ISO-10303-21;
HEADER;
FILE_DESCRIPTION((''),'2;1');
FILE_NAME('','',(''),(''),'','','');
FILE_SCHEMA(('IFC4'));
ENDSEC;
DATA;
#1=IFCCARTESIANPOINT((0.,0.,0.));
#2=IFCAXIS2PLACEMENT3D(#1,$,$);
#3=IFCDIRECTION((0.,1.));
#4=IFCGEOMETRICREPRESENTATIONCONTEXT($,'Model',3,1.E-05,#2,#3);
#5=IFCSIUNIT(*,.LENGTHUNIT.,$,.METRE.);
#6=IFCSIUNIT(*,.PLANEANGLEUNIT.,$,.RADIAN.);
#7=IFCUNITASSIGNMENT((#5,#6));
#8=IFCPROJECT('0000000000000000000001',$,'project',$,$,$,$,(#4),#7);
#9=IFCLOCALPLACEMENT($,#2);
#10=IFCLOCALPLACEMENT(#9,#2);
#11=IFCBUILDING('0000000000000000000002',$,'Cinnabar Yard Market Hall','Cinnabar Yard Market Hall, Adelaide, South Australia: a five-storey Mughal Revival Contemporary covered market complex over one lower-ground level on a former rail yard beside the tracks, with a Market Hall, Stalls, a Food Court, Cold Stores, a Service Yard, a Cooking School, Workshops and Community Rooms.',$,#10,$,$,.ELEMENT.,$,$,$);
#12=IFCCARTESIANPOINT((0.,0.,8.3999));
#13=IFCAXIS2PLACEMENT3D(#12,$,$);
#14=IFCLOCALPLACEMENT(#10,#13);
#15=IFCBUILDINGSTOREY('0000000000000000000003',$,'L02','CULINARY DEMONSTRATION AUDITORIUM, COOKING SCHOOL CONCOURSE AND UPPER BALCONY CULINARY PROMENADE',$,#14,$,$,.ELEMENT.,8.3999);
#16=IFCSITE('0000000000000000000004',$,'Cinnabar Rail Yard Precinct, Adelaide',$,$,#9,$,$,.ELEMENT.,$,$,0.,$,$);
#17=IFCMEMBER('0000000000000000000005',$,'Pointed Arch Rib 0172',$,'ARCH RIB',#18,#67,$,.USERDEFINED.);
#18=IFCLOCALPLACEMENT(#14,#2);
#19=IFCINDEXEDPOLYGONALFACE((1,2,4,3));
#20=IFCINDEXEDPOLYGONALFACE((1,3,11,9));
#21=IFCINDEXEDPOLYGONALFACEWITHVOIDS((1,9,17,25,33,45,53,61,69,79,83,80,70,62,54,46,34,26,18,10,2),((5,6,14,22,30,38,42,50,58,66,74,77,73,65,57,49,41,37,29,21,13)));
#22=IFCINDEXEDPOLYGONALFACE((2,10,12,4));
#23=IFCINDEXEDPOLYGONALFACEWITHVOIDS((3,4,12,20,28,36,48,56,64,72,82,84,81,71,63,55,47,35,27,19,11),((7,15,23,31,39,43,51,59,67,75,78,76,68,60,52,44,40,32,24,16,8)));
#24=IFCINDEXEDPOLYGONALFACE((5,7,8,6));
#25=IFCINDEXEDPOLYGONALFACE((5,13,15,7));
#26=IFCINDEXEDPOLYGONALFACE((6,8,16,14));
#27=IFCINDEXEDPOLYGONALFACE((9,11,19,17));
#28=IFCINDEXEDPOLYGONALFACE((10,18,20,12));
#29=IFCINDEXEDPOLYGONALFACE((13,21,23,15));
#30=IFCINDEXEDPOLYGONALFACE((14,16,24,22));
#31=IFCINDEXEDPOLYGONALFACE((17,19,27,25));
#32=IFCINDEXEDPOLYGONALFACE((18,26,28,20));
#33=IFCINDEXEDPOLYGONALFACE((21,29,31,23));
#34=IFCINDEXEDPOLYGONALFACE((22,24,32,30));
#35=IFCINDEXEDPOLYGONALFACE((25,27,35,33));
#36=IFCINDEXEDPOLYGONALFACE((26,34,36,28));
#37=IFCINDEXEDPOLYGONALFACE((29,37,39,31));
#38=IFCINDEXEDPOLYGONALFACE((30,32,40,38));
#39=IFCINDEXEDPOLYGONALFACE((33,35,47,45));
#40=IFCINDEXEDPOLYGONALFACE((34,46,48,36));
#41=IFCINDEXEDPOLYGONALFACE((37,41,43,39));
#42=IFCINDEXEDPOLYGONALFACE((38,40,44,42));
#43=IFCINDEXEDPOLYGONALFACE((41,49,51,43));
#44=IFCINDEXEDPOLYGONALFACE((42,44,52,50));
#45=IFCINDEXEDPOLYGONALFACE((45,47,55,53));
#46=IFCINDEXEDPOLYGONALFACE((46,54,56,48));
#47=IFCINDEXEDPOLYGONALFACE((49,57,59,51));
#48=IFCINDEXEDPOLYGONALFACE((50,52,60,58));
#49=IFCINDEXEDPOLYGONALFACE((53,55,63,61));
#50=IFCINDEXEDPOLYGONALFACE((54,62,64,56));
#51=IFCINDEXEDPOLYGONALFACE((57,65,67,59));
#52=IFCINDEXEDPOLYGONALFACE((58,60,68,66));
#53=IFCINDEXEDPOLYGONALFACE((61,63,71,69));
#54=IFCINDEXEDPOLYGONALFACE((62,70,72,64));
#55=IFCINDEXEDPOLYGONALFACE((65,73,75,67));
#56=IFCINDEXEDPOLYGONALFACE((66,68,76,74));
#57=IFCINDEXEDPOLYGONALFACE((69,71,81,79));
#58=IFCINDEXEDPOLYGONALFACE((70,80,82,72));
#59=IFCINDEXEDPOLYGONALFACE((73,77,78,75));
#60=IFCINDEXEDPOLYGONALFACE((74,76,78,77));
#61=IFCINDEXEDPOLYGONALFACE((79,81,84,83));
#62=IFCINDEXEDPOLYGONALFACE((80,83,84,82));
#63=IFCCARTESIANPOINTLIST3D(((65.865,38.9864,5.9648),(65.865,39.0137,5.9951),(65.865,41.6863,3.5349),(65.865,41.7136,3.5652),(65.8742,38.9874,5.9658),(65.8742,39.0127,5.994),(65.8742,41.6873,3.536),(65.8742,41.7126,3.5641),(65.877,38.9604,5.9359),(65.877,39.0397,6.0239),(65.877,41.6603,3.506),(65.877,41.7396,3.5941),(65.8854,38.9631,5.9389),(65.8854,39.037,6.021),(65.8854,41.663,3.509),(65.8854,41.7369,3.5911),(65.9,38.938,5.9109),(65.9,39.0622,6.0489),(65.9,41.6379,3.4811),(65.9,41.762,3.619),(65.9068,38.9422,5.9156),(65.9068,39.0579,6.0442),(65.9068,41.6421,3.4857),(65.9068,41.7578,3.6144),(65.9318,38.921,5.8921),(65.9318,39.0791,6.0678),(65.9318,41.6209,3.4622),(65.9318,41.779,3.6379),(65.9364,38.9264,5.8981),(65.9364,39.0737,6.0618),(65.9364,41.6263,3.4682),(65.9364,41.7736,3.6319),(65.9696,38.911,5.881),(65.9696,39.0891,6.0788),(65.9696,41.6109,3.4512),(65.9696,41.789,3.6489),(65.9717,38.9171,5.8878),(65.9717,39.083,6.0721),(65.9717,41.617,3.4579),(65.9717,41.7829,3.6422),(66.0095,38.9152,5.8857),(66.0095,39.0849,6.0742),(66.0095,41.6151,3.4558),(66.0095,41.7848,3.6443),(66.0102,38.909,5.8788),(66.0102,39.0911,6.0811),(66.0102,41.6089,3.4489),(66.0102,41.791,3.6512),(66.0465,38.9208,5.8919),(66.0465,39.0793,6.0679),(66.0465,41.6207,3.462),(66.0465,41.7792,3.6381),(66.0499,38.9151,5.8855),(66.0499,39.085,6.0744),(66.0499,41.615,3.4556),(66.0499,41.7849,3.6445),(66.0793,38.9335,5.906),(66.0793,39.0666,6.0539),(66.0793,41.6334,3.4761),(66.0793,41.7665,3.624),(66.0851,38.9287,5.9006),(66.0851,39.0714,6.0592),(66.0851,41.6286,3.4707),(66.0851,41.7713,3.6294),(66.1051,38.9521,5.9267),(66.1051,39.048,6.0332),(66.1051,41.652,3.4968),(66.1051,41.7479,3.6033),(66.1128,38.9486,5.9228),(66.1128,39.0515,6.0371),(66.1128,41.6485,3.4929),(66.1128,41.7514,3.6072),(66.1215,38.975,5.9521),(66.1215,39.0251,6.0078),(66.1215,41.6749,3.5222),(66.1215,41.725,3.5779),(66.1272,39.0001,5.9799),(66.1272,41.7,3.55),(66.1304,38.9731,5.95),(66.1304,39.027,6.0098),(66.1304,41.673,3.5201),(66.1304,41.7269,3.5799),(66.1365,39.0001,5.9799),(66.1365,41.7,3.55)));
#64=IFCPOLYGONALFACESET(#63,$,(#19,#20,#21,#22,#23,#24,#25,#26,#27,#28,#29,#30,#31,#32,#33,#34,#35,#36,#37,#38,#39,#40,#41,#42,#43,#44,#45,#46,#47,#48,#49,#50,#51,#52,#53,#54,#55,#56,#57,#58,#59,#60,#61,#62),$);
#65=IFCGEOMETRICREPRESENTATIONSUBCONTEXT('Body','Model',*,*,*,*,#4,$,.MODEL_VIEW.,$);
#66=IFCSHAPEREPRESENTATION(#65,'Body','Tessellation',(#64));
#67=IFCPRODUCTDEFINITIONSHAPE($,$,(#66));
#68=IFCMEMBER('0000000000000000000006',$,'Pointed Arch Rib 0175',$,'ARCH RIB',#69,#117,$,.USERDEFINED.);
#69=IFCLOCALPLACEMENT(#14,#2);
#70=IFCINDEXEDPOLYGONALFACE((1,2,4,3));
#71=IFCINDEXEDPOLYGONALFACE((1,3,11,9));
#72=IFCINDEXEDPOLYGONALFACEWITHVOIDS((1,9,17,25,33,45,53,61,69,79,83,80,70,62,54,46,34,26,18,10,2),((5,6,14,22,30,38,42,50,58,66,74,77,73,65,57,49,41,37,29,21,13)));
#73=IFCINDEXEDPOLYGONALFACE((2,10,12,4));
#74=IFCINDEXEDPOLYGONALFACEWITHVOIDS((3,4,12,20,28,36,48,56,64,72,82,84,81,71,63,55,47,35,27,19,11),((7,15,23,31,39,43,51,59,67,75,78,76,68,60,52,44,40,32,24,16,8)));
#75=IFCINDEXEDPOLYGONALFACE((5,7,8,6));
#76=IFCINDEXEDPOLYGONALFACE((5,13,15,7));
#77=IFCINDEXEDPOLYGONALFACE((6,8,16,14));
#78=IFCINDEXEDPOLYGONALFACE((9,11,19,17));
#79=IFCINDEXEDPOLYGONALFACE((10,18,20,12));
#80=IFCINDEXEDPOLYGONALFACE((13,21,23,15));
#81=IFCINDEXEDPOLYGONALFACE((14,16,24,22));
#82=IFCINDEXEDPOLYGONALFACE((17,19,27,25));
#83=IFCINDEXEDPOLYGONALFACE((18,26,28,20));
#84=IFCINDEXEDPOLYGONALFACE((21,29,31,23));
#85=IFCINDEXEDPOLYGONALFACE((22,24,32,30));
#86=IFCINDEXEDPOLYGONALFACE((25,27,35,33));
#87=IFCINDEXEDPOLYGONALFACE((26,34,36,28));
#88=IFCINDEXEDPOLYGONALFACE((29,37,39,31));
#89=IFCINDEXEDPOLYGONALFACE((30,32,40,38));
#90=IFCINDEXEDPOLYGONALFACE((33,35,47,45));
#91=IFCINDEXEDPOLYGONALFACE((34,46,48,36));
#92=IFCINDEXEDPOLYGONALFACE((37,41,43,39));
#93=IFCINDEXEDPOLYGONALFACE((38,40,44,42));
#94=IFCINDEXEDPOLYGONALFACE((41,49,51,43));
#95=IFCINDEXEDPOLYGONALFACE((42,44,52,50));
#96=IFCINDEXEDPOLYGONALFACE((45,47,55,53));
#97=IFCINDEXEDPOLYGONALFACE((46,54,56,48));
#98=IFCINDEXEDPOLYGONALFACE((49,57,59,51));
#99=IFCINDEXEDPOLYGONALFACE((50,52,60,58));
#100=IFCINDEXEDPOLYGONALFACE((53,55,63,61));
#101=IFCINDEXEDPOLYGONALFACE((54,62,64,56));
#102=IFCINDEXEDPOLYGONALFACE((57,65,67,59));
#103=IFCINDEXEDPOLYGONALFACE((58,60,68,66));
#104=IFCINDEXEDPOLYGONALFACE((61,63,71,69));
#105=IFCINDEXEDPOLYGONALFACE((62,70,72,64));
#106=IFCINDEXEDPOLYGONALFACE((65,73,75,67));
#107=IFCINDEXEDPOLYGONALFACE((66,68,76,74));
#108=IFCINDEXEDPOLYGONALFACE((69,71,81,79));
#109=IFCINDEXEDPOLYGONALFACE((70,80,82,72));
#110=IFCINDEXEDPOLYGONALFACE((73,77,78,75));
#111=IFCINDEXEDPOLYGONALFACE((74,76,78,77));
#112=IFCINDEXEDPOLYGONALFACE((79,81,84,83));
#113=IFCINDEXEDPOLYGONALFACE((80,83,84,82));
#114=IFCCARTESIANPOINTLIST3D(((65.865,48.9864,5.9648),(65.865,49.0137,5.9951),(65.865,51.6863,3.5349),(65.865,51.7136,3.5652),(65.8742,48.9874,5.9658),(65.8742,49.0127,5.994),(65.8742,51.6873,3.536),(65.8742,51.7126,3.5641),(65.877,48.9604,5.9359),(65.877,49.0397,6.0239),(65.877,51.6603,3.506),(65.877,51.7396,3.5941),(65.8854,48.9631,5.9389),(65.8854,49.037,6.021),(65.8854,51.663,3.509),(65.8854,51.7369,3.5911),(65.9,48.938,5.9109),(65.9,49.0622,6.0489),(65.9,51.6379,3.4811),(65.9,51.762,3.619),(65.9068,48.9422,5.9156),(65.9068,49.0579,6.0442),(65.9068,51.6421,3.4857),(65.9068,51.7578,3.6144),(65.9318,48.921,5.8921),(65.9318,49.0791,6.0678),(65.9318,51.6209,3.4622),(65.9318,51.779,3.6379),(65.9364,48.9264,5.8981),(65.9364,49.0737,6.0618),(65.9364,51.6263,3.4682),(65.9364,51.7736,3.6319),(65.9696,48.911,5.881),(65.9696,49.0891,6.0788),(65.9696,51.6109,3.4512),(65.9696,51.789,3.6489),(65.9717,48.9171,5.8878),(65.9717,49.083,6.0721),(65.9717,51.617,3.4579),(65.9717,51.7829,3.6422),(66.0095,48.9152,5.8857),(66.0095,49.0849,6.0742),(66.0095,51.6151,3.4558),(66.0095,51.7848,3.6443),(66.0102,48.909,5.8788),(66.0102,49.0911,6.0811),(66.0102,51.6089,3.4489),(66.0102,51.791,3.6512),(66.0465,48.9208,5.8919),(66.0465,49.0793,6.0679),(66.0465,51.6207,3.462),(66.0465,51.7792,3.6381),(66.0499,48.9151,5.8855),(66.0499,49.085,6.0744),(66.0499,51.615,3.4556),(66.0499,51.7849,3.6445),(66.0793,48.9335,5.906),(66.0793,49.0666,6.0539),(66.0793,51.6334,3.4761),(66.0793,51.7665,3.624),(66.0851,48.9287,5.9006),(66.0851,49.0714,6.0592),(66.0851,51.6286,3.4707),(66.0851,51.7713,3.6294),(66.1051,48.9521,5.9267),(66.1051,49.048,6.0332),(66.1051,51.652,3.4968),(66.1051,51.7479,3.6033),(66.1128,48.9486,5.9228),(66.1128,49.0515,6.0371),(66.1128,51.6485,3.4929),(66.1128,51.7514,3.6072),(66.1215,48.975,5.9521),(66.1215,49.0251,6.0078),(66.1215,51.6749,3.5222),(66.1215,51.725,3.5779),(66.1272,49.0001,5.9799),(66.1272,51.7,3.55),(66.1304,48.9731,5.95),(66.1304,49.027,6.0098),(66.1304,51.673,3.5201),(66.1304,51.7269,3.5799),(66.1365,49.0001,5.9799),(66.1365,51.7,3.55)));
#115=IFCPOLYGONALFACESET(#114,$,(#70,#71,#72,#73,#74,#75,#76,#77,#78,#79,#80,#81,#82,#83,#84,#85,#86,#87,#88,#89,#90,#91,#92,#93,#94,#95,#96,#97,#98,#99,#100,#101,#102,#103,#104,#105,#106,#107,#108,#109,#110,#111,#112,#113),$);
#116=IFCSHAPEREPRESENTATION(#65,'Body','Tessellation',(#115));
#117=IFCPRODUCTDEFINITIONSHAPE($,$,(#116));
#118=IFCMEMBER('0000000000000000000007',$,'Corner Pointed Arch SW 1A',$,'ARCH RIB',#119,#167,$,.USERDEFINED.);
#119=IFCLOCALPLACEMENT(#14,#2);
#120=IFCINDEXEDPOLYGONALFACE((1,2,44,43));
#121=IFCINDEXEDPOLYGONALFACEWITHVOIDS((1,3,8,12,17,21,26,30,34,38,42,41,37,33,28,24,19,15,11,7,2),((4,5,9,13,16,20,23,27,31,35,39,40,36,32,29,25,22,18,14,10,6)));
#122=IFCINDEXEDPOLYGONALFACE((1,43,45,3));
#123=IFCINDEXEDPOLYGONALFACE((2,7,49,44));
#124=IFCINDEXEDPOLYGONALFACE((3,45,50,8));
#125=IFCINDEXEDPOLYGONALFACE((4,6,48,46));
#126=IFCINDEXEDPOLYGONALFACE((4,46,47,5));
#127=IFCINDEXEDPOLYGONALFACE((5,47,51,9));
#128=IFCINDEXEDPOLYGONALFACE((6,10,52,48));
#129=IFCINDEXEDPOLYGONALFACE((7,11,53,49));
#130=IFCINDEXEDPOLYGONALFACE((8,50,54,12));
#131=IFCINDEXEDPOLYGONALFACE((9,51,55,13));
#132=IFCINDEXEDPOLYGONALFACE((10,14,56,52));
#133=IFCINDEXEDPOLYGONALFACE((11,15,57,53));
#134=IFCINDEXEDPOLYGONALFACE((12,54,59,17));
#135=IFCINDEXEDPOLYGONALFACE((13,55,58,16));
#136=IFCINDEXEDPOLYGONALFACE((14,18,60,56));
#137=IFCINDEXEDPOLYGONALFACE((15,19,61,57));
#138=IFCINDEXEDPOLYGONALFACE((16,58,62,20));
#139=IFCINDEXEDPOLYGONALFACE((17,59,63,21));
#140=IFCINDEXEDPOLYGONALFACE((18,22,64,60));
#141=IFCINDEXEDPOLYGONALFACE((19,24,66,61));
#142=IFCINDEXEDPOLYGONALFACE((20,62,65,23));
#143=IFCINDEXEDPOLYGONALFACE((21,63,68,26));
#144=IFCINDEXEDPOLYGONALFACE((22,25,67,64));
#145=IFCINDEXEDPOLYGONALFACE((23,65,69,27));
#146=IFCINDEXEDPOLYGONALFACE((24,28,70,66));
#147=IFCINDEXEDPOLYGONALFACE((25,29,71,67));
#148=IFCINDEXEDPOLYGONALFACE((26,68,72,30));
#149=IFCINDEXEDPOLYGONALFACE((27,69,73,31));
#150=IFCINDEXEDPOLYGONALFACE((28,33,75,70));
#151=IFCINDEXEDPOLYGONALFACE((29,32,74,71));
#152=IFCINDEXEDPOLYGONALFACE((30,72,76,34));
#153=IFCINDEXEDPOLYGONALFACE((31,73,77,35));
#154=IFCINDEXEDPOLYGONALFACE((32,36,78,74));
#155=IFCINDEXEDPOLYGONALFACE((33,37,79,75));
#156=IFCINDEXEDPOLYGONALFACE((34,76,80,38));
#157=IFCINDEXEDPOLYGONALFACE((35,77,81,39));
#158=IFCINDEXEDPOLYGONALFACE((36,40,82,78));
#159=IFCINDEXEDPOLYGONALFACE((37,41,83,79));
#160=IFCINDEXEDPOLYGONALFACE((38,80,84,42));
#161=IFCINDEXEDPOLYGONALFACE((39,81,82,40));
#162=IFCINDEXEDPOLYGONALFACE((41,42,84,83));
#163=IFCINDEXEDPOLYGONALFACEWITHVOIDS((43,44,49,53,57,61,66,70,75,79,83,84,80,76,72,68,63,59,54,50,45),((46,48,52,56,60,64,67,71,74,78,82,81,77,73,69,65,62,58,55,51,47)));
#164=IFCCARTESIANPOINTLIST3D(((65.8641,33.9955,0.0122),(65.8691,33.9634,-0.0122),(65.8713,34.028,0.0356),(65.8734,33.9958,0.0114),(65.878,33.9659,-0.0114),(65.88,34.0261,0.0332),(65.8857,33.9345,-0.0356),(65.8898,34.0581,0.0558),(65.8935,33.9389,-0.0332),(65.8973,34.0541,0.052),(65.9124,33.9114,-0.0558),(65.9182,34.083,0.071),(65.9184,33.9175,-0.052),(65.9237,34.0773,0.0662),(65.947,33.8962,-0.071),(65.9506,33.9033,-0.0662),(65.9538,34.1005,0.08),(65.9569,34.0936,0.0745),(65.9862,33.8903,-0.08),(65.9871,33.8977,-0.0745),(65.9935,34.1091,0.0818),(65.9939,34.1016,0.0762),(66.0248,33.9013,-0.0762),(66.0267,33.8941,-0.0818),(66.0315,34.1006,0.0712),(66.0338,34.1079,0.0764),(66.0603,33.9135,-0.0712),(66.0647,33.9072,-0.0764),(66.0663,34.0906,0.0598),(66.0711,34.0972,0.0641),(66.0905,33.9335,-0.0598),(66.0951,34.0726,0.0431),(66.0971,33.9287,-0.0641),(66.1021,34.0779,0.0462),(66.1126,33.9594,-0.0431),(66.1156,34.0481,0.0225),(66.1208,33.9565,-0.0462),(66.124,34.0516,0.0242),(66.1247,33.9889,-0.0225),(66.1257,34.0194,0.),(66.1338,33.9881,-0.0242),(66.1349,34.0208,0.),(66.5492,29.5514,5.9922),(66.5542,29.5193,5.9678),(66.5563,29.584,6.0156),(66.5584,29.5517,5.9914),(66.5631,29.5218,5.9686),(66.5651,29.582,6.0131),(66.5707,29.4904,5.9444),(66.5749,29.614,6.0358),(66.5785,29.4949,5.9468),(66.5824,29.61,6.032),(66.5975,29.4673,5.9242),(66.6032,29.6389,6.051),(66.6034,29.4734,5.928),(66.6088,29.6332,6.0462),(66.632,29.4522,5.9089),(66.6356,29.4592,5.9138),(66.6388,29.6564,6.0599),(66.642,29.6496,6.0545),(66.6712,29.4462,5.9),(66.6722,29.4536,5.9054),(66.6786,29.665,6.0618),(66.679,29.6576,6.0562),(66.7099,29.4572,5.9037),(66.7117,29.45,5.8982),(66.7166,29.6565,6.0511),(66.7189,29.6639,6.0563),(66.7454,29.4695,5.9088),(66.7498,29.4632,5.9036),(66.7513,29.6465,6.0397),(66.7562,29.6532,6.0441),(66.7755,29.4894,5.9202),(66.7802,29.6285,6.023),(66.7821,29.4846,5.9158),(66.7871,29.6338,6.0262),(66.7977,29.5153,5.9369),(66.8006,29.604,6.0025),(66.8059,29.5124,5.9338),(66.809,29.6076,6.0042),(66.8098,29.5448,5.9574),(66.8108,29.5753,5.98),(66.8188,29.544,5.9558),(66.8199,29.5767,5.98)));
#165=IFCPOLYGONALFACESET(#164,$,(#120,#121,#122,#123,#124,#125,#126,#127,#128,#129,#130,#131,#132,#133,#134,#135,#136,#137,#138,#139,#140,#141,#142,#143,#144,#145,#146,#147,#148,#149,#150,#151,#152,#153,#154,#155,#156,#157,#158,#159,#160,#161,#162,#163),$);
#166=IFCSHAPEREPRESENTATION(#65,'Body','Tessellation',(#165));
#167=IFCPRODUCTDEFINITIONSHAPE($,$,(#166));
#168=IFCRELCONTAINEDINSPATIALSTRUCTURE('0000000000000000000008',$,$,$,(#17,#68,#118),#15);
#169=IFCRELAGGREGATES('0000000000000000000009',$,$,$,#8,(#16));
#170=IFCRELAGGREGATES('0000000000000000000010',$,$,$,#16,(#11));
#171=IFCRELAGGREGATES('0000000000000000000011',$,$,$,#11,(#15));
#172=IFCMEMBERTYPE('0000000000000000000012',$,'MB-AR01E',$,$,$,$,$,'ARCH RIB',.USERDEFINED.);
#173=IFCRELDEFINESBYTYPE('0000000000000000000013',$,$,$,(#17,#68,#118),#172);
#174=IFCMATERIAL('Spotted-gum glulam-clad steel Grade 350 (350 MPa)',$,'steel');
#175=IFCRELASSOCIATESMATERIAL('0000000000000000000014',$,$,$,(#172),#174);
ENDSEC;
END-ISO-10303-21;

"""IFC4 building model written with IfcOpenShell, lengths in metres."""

from ifc_helpers import new_model, si_unit, direction, frame, origin, origin_2d_with_axis, place, context, subcontext, project, spatial, hollow_circle, extrude, material, material_profile, profile_set, type_object, element, save


model = new_model("IFC4")

# Units and contexts
model_context = context("Model", 3, precision=1e-05, world=origin(), true_north=direction((0.0, 1.0)))
body_context = subcontext(model_context, "Body", "Model", "MODEL_VIEW")
ifc_project = project(units=[si_unit("LENGTHUNIT", "METRE"), si_unit("PLANEANGLEUNIT", "RADIAN")], contexts=[model_context])

# Site, building, storey
site_placement = place(None, origin())
site = spatial("IfcSite", under=ifc_project, at=site_placement, Name="Cinnabar Rail Yard Precinct, Adelaide", CompositionType="ELEMENT", RefElevation=0.0)
building_placement = place(site_placement, origin())
building = spatial("IfcBuilding", under=site, at=building_placement, Name="Cinnabar Yard Market Hall", Description="Cinnabar Yard Market Hall, Adelaide, South Australia: a five-storey Mughal Revival Contemporary covered market complex over one lower-ground level on a former rail yard beside the tracks, with a Market Hall, Stalls, a Food Court, Cold Stores, a Service Yard, a Cooking School, Workshops and Community Rooms.", CompositionType="ELEMENT")
storey_placement = place(building_placement, frame((0.0, 0.0, 8.3999)))
storey = spatial("IfcBuildingStorey", under=building, at=storey_placement, Name="L02", Description="CULINARY DEMONSTRATION AUDITORIUM, COOKING SCHOOL CONCOURSE AND UPPER BALCONY CULINARY PROMENADE", CompositionType="ELEMENT", Elevation=8.3999)

# Shared definitions
ifc_material_1 = material(Name="Spotted-gum glulam-clad steel Grade 350 (350 MPa)", Category="steel")

# Members
ifc_material_profile_1 = material_profile(ifc_material_1, hollow_circle(Radius=0.1365, WallThickness=0.0093, at=origin_2d_with_axis()), Name="273.1x9.3CHS")
ifc_profile_set_1 = profile_set([ifc_material_profile_1], Name="Spotted-gum glulam-clad steel Grade 350 (350 MPa)")
member_type_1 = type_object("IfcMemberType", Name="MB-AR01E", ElementType="ARCH RIB", PredefinedType="USERDEFINED", material=ifc_profile_set_1)
for number, where, z_axis, x_axis, name in (
    (1, (66.0, 41.7, 3.55), (0.0, -0.743297, 0.668961), (1.0, 0.0, 0.0), "Pointed Arch Rib 0172"),
    (2, (66.0, 51.7, 3.55), (0.0, -0.743297, 0.668961), (1.0, 0.0, 0.0), "Pointed Arch Rib 0175"),
):
    element("IfcMember", number, at=place(storey_placement, frame(where, z_axis=z_axis, x_axis=x_axis)), inside=storey, type_object=member_type_1, Name=name, ObjectType="ARCH RIB", PredefinedType="USERDEFINED", context=body_context, shape_type="SweptSolid", body=[
        extrude(hollow_circle(Radius=0.1365, WallThickness=0.0093, at=origin_2d_with_axis()), origin(), (0.0, 0.0, 1.0), 3.6323),
    ])
for number, where, z_axis, x_axis, name in (
    (3, (66.0, 34.0, 0.0), (0.091562, -0.593976, 0.799255), (0.988326, 0.152351, 0.0), "Corner Pointed Arch SW 1A"),
):
    element("IfcMember", number, at=place(storey_placement, frame(where, z_axis=z_axis, x_axis=x_axis)), inside=storey, type_object=member_type_1, Name=name, ObjectType="ARCH RIB", PredefinedType="USERDEFINED", context=body_context, shape_type="SweptSolid", body=[
        extrude(hollow_circle(Radius=0.1365, WallThickness=0.0093, at=origin_2d_with_axis()), origin(), (0.0, 0.0, 1.0), 7.4819),
    ])

save(model, "model.ifc")
